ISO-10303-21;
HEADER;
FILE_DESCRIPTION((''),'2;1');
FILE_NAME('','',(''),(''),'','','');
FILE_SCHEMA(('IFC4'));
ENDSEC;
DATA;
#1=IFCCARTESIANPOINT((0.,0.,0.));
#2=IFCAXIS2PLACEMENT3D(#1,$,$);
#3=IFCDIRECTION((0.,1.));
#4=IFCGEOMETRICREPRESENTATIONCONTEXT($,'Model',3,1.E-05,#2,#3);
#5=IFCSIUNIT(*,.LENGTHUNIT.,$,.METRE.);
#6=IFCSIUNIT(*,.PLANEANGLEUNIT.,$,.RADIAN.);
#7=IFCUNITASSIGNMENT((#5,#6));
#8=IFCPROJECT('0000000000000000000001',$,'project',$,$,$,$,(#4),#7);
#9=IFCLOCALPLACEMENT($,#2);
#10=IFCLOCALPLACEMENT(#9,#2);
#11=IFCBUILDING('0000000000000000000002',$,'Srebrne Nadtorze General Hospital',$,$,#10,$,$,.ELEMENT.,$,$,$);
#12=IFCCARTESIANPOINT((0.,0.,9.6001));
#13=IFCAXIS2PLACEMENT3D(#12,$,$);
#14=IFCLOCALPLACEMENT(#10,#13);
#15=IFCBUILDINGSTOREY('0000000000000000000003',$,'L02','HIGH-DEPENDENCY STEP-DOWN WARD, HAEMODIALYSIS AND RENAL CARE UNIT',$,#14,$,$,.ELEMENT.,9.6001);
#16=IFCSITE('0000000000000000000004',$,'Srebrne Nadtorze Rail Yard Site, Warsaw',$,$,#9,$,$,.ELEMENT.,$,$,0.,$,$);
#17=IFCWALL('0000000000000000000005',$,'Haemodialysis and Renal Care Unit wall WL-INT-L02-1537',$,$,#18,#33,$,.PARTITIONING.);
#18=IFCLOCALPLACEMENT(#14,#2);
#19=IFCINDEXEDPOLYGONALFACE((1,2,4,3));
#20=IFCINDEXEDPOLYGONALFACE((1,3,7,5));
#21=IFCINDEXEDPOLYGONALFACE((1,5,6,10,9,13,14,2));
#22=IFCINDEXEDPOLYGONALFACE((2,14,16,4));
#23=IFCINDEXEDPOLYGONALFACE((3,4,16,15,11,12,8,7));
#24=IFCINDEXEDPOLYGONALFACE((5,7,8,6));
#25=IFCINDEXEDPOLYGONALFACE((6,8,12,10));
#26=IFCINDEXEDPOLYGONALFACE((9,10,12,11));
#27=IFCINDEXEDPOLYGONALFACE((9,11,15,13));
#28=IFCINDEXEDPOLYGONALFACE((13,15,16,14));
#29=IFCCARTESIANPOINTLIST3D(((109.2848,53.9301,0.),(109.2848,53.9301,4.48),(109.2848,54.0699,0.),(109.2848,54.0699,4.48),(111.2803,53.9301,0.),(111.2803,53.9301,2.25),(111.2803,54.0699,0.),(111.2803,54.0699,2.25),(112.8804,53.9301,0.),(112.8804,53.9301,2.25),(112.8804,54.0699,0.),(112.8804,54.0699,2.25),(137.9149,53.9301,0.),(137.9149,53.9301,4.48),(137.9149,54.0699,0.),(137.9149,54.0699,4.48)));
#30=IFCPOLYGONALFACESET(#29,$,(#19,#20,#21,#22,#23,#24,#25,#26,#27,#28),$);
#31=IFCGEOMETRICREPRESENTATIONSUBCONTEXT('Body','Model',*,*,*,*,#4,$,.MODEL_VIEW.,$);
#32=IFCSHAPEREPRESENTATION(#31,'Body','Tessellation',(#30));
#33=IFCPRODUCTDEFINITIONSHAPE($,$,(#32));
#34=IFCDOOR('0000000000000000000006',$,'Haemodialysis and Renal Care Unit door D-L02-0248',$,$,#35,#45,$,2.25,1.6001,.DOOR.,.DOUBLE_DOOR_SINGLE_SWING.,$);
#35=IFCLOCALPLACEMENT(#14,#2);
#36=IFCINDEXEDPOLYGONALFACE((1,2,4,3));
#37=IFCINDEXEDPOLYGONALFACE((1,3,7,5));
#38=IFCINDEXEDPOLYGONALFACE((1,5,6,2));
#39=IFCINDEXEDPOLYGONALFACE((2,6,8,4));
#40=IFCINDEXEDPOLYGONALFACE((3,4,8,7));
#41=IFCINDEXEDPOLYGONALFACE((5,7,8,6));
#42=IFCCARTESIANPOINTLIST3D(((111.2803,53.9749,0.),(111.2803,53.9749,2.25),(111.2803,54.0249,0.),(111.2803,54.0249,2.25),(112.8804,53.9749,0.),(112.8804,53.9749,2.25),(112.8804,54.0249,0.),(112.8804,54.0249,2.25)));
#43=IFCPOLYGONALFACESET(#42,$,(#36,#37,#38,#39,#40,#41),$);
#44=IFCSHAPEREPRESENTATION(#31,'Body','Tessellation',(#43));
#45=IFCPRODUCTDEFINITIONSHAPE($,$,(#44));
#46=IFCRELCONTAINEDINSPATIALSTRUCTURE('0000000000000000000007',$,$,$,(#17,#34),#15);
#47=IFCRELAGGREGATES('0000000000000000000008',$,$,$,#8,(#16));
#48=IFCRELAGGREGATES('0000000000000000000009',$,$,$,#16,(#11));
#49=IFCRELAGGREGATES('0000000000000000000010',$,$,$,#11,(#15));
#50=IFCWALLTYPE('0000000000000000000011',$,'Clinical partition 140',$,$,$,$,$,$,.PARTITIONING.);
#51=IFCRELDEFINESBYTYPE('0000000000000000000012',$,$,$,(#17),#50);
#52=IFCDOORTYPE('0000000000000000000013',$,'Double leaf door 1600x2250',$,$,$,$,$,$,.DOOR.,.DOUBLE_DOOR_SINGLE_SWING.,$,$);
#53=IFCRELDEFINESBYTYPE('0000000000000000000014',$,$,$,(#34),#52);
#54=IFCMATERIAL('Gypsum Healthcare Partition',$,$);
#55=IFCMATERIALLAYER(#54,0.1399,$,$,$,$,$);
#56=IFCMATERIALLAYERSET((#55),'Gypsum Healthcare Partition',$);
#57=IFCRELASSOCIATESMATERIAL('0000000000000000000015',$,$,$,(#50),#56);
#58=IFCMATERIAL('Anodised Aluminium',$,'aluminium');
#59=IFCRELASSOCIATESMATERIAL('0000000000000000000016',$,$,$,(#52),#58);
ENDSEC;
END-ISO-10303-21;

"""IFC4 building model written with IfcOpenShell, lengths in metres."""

from ifc_helpers import new_model, si_unit, direction, frame, frame_2d, origin, place, context, subcontext, project, spatial, rectangle, extrude, material, layer, layer_set, type_object, element, fill, save


model = new_model("IFC4")

# Units and contexts
model_context = context("Model", 3, precision=1e-05, world=origin(), true_north=direction((0.0, 1.0)))
body_context = subcontext(model_context, "Body", "Model", "MODEL_VIEW")
ifc_project = project(units=[si_unit("LENGTHUNIT", "METRE"), si_unit("PLANEANGLEUNIT", "RADIAN")], contexts=[model_context])

# Site, building, storey
site_placement = place(None, origin())
site = spatial("IfcSite", under=ifc_project, at=site_placement, Name="Srebrne Nadtorze Rail Yard Site, Warsaw", CompositionType="ELEMENT", RefElevation=0.0)
building_placement = place(site_placement, origin())
building = spatial("IfcBuilding", under=site, at=building_placement, Name="Srebrne Nadtorze General Hospital", CompositionType="ELEMENT")
storey_placement = place(building_placement, frame((0.0, 0.0, 9.6001)))
storey = spatial("IfcBuildingStorey", under=building, at=storey_placement, Name="L02", Description="HIGH-DEPENDENCY STEP-DOWN WARD, HAEMODIALYSIS AND RENAL CARE UNIT", CompositionType="ELEMENT", Elevation=9.6001)

# Wall, opening, door
ifc_material_1 = material(Name="Gypsum Healthcare Partition")
ifc_layer = layer(ifc_material_1, 0.1399)
ifc_layer_set = layer_set([ifc_layer], Name="Gypsum Healthcare Partition")
wall_type = type_object("IfcWallType", Name="Clinical partition 140", PredefinedType="PARTITIONING", material=ifc_layer_set)
wall_placement = place(storey_placement, frame((109.2849, 54.0, 0.0), z_axis=(0.0, 0.0, 1.0), x_axis=(1.0, 0.0, 0.0)))
wall = element("IfcWall", 1, at=wall_placement, inside=storey, type_object=wall_type, Name="Haemodialysis and Renal Care Unit wall WL-INT-L02-1537", PredefinedType="PARTITIONING", context=body_context, shape_type="SweptSolid", body=[
    extrude(rectangle(XDim=28.6301, YDim=0.1399, at=frame_2d((14.3149, 0.0))), origin(), (0.0, 0.0, 1.0), 4.48),
])
opening_placement = place(wall_placement, frame((1.9954, 0.0, 0.0)))
opening = element("IfcOpeningElement", 2, at=opening_placement, cuts=wall, PredefinedType="OPENING", context=body_context, shape_type="SweptSolid", body=[
    extrude(rectangle(XDim=1.6001, YDim=2.25, at=frame_2d((0.8, 1.125))), frame((0.0, 0.082, 0.0), z_axis=(0.0, -1.0, 0.0), x_axis=(1.0, 0.0, 0.0)), (0.0, 0.0, 1.0), 0.1638),
])
ifc_material_2 = material(Name="Anodised Aluminium", Category="aluminium")
door_type = type_object("IfcDoorType", Name="Double leaf door 1600x2250", OperationType="DOUBLE_DOOR_SINGLE_SWING", PredefinedType="DOOR", material=ifc_material_2)
door_placement = place(opening_placement, origin())
door = element("IfcDoor", 3, at=door_placement, inside=storey, type_object=door_type, Name="Haemodialysis and Renal Care Unit door D-L02-0248", OperationType="DOUBLE_DOOR_SINGLE_SWING", OverallHeight=2.25, OverallWidth=1.6001, PredefinedType="DOOR", context=body_context, shape_type="SweptSolid", body=[
    extrude(rectangle(XDim=1.6001, YDim=2.25, at=frame_2d((0.8, 1.125))), frame((0.0, 0.0249, 0.0), z_axis=(0.0, -1.0, 0.0), x_axis=(1.0, 0.0, 0.0)), (0.0, 0.0, 1.0), 0.05),
])
fill(opening, door)

save(model, "model.ifc")
